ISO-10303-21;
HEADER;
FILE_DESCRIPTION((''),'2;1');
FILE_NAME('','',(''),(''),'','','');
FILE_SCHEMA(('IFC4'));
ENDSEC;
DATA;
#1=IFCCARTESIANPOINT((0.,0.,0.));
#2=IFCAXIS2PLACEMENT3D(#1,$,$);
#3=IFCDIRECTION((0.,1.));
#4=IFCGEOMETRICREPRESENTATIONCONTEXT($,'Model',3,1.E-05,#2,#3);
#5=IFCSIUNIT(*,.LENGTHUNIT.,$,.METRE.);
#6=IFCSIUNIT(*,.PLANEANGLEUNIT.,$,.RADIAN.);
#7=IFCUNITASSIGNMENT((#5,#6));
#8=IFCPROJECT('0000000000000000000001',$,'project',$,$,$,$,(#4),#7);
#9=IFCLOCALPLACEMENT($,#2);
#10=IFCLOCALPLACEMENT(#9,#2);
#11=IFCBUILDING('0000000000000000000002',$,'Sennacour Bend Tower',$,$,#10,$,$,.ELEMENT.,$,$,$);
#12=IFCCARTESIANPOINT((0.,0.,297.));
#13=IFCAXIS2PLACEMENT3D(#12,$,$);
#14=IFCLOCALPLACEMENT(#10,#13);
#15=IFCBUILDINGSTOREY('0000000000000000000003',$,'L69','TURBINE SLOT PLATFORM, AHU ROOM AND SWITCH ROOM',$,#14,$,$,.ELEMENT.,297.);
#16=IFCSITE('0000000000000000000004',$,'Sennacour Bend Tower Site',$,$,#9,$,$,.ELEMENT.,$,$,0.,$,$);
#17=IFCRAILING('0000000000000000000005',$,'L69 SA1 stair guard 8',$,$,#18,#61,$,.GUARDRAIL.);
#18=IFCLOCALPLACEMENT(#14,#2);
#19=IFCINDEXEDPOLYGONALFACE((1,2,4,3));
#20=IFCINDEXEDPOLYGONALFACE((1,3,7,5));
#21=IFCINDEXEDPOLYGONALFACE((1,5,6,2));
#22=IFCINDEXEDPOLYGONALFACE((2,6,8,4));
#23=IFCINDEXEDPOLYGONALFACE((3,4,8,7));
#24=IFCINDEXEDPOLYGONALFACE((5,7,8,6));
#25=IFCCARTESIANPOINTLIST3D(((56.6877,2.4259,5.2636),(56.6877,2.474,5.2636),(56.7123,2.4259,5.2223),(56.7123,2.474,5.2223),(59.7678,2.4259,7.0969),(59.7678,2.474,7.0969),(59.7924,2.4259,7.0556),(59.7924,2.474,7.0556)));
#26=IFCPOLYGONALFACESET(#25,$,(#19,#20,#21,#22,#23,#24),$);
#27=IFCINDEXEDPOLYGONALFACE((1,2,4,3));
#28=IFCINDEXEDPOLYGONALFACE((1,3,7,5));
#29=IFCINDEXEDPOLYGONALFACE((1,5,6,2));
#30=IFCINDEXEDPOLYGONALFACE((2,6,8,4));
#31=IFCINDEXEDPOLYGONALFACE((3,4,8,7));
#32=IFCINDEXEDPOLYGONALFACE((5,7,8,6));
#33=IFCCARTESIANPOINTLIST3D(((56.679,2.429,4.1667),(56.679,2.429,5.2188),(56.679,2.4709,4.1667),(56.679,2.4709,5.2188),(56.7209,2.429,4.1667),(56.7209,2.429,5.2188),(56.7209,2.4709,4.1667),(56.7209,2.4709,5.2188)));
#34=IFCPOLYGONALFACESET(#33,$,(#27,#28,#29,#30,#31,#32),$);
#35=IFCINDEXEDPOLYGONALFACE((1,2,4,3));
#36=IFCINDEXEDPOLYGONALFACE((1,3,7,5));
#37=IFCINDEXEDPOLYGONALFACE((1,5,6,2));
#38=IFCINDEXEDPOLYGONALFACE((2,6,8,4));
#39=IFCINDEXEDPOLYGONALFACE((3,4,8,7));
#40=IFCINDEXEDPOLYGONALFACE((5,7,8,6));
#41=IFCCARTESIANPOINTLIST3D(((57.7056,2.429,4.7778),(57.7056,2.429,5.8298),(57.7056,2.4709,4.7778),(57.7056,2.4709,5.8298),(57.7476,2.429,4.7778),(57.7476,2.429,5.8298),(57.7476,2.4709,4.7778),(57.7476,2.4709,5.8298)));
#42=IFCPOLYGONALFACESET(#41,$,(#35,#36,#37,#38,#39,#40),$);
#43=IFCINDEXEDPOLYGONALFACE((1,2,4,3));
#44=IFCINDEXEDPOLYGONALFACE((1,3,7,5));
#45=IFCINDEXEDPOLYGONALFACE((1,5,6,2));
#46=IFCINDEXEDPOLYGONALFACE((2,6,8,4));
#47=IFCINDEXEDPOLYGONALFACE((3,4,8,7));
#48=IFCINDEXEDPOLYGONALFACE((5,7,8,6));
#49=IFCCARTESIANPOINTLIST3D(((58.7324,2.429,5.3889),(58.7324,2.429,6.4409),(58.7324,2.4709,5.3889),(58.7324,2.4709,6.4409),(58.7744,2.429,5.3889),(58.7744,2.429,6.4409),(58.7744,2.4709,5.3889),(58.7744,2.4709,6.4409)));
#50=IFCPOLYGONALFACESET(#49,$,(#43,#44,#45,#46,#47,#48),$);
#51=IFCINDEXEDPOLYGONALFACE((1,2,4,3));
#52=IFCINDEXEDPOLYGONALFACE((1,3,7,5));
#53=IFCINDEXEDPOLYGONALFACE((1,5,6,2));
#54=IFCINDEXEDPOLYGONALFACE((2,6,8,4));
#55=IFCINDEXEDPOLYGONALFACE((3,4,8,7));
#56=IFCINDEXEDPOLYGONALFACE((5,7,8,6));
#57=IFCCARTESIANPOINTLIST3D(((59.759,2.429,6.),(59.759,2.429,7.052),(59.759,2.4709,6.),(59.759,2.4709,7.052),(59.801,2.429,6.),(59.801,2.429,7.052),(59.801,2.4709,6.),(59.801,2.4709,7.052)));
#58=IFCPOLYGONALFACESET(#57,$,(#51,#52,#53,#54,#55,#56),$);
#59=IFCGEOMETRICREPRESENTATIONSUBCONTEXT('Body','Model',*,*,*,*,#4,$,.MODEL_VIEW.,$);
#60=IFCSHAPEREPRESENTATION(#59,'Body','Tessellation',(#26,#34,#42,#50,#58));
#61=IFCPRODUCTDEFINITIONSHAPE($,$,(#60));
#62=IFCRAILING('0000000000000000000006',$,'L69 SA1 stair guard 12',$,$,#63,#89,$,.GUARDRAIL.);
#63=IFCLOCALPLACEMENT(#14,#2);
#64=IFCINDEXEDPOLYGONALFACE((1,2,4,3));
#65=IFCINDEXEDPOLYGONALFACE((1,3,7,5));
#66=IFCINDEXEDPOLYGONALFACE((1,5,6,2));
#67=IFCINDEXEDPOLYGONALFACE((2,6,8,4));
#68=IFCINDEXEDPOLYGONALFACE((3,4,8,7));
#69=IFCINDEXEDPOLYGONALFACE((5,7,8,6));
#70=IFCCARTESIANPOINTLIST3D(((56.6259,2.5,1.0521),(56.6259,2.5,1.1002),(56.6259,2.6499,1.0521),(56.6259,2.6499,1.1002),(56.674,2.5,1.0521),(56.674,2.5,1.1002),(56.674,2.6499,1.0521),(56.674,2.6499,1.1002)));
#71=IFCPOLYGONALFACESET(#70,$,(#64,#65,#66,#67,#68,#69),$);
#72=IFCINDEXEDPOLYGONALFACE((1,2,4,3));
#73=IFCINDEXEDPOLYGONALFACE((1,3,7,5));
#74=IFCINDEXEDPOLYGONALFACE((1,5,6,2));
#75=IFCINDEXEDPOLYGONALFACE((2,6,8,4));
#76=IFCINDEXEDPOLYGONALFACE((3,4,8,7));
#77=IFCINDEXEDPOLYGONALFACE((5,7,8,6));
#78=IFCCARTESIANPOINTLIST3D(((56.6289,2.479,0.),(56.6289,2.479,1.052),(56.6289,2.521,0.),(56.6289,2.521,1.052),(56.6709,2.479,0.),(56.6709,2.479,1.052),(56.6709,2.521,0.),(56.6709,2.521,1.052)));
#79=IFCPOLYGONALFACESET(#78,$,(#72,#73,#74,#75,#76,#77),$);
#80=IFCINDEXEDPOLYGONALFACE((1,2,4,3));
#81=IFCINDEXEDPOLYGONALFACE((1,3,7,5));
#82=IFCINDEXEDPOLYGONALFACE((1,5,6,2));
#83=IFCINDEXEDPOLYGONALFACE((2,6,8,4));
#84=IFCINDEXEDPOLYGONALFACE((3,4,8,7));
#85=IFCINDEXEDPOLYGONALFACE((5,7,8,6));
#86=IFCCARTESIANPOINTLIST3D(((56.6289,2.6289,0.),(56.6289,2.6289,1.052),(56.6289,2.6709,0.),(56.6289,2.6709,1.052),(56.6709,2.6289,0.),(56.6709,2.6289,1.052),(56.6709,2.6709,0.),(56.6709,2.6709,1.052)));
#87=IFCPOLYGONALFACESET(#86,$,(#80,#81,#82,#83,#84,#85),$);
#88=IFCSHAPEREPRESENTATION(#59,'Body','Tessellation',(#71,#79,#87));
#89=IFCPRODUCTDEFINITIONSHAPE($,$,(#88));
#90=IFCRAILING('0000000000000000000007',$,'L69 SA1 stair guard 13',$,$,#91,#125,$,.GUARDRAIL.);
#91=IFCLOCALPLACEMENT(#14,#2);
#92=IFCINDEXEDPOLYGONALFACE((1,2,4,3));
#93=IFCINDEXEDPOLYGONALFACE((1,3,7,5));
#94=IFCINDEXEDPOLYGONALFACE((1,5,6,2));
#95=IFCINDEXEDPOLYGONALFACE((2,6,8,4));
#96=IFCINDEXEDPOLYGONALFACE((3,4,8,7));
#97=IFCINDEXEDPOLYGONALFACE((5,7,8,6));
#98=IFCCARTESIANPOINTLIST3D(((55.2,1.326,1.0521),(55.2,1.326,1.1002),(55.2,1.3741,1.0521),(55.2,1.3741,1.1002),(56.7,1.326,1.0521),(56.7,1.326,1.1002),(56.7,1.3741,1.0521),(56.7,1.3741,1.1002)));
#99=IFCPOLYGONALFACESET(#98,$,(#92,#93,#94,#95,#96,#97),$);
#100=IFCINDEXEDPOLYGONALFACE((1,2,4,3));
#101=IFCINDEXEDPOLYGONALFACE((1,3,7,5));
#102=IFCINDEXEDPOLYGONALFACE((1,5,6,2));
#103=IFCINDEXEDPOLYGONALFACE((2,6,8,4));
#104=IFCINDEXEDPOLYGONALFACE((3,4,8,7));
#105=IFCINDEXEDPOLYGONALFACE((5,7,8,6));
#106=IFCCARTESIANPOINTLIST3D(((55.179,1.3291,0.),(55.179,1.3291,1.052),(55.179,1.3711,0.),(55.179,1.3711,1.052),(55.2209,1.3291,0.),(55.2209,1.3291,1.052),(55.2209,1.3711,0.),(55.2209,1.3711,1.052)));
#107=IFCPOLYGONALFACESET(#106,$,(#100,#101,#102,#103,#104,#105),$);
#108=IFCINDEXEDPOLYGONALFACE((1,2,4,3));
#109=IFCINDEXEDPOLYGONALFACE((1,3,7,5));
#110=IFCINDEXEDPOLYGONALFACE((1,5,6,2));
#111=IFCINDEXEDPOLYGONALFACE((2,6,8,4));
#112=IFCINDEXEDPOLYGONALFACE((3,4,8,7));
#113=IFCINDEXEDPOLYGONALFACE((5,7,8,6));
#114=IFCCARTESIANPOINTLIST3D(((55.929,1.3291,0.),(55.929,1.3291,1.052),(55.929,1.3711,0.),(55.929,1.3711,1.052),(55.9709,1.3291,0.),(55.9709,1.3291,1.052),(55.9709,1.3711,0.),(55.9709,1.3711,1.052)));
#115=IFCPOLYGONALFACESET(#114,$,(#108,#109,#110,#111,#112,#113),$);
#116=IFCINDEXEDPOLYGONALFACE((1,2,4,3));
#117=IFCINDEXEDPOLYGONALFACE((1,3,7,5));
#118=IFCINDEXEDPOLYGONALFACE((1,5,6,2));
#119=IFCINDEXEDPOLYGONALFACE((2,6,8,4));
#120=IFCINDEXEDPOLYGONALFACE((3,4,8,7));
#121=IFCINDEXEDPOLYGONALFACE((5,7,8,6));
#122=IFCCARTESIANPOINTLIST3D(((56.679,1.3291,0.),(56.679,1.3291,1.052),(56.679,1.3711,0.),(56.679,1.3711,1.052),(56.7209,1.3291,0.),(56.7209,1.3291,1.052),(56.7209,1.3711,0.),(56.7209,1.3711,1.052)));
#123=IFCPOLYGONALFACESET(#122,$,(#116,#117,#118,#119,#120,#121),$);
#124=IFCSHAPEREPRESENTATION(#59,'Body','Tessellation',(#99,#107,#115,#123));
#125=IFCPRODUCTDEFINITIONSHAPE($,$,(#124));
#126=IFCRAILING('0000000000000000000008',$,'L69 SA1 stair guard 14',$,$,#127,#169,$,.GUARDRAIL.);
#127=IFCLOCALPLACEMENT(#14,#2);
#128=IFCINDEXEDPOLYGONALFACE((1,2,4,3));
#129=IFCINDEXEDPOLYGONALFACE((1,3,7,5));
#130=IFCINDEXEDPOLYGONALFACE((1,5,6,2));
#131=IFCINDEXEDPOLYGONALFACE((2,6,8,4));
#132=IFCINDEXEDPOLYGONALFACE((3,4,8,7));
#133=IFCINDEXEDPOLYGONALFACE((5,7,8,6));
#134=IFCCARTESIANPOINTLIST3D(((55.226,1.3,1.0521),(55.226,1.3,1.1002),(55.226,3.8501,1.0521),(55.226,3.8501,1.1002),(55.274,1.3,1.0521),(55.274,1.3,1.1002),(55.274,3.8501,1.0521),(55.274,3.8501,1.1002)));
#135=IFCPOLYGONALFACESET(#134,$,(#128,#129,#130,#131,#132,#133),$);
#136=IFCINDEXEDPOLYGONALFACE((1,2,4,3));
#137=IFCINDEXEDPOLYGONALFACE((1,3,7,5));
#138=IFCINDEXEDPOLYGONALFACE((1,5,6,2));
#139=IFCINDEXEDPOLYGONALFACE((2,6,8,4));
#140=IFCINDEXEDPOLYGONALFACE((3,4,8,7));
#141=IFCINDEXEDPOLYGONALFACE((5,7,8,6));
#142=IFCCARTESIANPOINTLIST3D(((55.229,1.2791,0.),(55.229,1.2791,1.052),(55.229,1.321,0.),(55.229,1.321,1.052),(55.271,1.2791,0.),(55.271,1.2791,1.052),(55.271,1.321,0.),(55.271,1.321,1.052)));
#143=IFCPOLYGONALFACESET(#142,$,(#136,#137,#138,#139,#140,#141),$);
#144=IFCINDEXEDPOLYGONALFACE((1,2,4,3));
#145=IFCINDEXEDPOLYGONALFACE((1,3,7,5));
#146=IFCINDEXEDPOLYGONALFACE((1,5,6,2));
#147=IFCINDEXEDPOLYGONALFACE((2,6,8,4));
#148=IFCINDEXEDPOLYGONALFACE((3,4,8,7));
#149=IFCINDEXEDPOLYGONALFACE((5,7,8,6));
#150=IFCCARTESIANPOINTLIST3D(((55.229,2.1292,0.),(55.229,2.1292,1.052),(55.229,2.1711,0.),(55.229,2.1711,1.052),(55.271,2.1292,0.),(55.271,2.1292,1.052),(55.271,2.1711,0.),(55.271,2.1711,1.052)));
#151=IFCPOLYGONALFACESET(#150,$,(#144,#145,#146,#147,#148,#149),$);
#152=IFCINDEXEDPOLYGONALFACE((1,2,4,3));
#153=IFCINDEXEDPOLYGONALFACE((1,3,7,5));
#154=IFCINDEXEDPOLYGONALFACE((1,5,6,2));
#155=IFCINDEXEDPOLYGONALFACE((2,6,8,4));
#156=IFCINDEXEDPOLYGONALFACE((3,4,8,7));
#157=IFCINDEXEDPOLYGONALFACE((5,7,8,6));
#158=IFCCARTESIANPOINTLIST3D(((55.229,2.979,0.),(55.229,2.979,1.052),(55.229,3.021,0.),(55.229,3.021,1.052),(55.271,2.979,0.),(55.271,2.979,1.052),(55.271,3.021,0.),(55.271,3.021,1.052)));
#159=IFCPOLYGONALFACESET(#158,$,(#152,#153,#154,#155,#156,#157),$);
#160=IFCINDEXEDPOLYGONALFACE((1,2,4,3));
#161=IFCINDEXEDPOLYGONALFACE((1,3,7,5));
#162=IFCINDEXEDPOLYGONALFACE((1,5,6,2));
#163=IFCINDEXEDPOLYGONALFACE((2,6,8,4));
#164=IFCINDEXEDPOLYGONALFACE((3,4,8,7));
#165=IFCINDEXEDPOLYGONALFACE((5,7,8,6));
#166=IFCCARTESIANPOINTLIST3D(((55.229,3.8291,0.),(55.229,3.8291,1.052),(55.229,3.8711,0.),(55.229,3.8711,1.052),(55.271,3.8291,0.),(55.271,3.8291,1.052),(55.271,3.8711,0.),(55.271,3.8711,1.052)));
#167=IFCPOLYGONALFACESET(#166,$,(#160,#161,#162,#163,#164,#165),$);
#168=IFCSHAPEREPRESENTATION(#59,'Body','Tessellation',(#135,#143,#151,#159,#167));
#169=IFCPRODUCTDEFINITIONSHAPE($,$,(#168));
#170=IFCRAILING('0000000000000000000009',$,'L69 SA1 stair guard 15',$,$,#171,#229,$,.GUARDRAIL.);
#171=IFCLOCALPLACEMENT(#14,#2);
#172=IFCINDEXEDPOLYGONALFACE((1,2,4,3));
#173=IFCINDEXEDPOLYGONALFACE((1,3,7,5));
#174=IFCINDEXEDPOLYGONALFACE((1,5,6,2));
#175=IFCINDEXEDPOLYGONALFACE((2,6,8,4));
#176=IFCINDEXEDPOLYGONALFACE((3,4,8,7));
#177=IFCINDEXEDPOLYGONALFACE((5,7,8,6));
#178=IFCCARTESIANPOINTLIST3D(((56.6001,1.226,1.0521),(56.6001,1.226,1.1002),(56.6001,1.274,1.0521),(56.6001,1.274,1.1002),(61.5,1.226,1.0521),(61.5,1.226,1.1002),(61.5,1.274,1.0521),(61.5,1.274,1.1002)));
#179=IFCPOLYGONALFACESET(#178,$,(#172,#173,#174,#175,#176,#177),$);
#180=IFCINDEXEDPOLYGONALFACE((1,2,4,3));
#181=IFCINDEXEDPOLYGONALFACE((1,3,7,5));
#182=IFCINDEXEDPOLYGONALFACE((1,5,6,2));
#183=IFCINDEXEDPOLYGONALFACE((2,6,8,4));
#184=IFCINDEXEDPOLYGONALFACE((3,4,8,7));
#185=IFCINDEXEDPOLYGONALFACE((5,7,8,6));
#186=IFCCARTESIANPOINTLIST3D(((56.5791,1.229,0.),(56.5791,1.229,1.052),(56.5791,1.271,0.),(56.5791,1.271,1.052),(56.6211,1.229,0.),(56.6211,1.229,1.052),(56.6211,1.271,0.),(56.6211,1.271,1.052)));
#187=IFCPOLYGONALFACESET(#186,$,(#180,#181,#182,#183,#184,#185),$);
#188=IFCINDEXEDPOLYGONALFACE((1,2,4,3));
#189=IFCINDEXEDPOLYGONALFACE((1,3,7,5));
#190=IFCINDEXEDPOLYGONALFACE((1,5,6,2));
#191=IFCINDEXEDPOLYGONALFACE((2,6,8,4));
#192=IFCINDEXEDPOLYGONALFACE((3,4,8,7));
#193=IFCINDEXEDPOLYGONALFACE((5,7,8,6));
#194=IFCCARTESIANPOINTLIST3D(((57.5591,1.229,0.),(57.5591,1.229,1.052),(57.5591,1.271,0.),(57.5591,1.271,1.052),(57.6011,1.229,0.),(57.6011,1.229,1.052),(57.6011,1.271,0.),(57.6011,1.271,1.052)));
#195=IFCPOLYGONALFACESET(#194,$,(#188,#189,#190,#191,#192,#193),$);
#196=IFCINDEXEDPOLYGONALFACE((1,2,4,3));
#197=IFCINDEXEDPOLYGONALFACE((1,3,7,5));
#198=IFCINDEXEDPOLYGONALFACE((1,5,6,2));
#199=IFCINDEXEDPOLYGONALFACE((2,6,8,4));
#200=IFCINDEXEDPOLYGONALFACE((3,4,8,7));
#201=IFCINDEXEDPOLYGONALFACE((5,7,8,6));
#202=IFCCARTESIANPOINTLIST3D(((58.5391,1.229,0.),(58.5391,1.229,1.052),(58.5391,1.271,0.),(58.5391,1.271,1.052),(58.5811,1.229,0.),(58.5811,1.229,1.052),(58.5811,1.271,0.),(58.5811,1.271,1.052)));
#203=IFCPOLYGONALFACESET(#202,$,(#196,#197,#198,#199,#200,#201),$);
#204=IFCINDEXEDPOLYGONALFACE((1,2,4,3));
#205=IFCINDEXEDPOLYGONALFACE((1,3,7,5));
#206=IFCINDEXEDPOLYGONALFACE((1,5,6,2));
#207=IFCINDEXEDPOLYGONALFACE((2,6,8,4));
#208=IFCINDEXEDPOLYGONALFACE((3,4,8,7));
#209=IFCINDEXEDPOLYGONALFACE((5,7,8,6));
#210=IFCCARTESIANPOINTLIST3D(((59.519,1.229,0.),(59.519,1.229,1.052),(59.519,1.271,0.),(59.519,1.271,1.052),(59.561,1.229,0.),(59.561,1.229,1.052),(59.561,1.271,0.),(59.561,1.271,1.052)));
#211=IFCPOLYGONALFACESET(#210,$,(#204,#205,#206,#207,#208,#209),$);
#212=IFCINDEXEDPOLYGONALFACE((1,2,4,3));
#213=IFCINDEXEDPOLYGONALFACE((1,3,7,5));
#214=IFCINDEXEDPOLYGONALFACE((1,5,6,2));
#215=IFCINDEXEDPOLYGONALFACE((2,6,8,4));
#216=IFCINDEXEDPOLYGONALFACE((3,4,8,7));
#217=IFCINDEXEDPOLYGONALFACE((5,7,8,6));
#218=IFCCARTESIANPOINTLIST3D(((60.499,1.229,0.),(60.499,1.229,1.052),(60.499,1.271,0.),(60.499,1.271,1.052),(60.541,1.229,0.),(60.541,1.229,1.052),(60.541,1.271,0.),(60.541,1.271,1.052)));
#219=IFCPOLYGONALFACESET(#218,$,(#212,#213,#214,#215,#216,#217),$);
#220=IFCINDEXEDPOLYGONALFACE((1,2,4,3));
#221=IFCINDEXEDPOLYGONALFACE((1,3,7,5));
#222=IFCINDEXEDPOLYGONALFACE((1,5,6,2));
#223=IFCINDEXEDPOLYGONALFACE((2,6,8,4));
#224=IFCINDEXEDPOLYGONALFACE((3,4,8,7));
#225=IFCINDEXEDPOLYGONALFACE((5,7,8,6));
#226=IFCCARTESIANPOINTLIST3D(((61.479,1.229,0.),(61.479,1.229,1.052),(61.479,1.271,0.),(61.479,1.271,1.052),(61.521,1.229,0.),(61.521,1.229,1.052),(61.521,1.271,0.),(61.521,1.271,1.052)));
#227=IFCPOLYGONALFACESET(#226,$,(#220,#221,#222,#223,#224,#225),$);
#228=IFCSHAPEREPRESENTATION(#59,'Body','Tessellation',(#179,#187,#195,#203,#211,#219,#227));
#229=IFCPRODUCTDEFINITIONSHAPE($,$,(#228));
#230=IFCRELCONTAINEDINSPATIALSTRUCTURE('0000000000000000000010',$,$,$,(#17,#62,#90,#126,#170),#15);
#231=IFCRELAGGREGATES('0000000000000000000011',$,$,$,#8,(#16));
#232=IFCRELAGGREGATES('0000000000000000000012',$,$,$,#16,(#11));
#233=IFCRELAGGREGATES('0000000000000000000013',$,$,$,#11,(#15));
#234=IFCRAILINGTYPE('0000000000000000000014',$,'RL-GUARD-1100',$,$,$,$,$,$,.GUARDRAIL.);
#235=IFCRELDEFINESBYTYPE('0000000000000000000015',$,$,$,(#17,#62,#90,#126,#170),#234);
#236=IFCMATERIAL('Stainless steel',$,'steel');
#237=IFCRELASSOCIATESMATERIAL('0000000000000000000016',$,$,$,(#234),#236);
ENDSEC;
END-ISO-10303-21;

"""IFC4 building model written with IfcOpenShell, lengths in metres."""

from ifc_helpers import new_model, si_unit, direction, frame, origin, origin_2d, place, context, subcontext, project, spatial, rectangle, extrude, material, type_object, element, save


model = new_model("IFC4")

# Units and contexts
model_context = context("Model", 3, precision=1e-05, world=origin(), true_north=direction((0.0, 1.0)))
body_context = subcontext(model_context, "Body", "Model", "MODEL_VIEW")
ifc_project = project(units=[si_unit("LENGTHUNIT", "METRE"), si_unit("PLANEANGLEUNIT", "RADIAN")], contexts=[model_context])

# Site, building, storey
site_placement = place(None, origin())
site = spatial("IfcSite", under=ifc_project, at=site_placement, Name="Sennacour Bend Tower Site", CompositionType="ELEMENT", RefElevation=0.0)
building_placement = place(site_placement, origin())
building = spatial("IfcBuilding", under=site, at=building_placement, Name="Sennacour Bend Tower", CompositionType="ELEMENT")
storey_placement = place(building_placement, frame((0.0, 0.0, 297.0)))
storey = spatial("IfcBuildingStorey", under=building, at=storey_placement, Name="L69", Description="TURBINE SLOT PLATFORM, AHU ROOM AND SWITCH ROOM", CompositionType="ELEMENT", Elevation=297.0)

# Shared definitions
ifc_material_1 = material(Name="Stainless steel", Category="steel")

# Railings
railing_type_1 = type_object("IfcRailingType", Name="RL-GUARD-1100", PredefinedType="GUARDRAIL", material=ifc_material_1)
railing_1_placement = place(storey_placement, frame((56.7, 2.45, 4.1667)))
element("IfcRailing", 1, at=railing_1_placement, inside=storey, type_object=railing_type_1, Name="L69 SA1 stair guard 8", PredefinedType="GUARDRAIL", context=body_context, shape_type="SweptSolid", body=[
    extrude(rectangle(XDim=0.0481, YDim=0.0481, at=origin_2d()), frame((0.0, 0.0, 1.0762), z_axis=(0.859309, 0.0, 0.511458), x_axis=(0.0, 1.0, 0.0)), (0.0, 0.0, 1.0), 3.5845),
    extrude(rectangle(XDim=0.042, YDim=0.042, at=origin_2d()), origin(), (0.0, 0.0, 1.0), 1.052),
    extrude(rectangle(XDim=0.042, YDim=0.042, at=origin_2d()), frame((1.0266, 0.0, 0.6111)), (0.0, 0.0, 1.0), 1.052),
    extrude(rectangle(XDim=0.042, YDim=0.042, at=origin_2d()), frame((2.0535, 0.0, 1.2222)), (0.0, 0.0, 1.0), 1.052),
    extrude(rectangle(XDim=0.042, YDim=0.042, at=origin_2d()), frame((3.0801, 0.0, 1.8333)), (0.0, 0.0, 1.0), 1.052),
])
railing_2_placement = place(storey_placement, frame((56.6499, 2.5, 0.0)))
element("IfcRailing", 2, at=railing_2_placement, inside=storey, type_object=railing_type_1, Name="L69 SA1 stair guard 12", PredefinedType="GUARDRAIL", context=body_context, shape_type="SweptSolid", body=[
    extrude(rectangle(XDim=0.0481, YDim=0.0481, at=origin_2d()), frame((0.0, 0.0, 1.0762), z_axis=(0.0, 1.0, 0.0), x_axis=(-1.0, 0.0, 0.0)), (0.0, 0.0, 1.0), 0.1499),
    extrude(rectangle(XDim=0.042, YDim=0.042, at=origin_2d()), origin(), (0.0, 0.0, 1.0), 1.052),
    extrude(rectangle(XDim=0.042, YDim=0.042, at=origin_2d()), frame((0.0, 0.1499, 0.0)), (0.0, 0.0, 1.0), 1.052),
])
railing_3_placement = place(storey_placement, frame((55.2, 1.3501, 0.0)))
element("IfcRailing", 3, at=railing_3_placement, inside=storey, type_object=railing_type_1, Name="L69 SA1 stair guard 13", PredefinedType="GUARDRAIL", context=body_context, shape_type="SweptSolid", body=[
    extrude(rectangle(XDim=0.0481, YDim=0.0481, at=origin_2d()), frame((0.0, 0.0, 1.0762), z_axis=(1.0, 0.0, 0.0), x_axis=(0.0, 1.0, 0.0)), (0.0, 0.0, 1.0), 1.5),
    extrude(rectangle(XDim=0.042, YDim=0.042, at=origin_2d()), origin(), (0.0, 0.0, 1.0), 1.052),
    extrude(rectangle(XDim=0.042, YDim=0.042, at=origin_2d()), frame((0.75, 0.0, 0.0)), (0.0, 0.0, 1.0), 1.052),
    extrude(rectangle(XDim=0.042, YDim=0.042, at=origin_2d()), frame((1.5, 0.0, 0.0)), (0.0, 0.0, 1.0), 1.052),
])
railing_4_placement = place(storey_placement, frame((55.25, 1.3, 0.0)))
element("IfcRailing", 4, at=railing_4_placement, inside=storey, type_object=railing_type_1, Name="L69 SA1 stair guard 14", PredefinedType="GUARDRAIL", context=body_context, shape_type="SweptSolid", body=[
    extrude(rectangle(XDim=0.0481, YDim=0.0481, at=origin_2d()), frame((0.0, 0.0, 1.0762), z_axis=(0.0, 1.0, 0.0), x_axis=(-1.0, 0.0, 0.0)), (0.0, 0.0, 1.0), 2.55),
    extrude(rectangle(XDim=0.042, YDim=0.042, at=origin_2d()), origin(), (0.0, 0.0, 1.0), 1.052),
    extrude(rectangle(XDim=0.042, YDim=0.042, at=origin_2d()), frame((0.0, 0.8501, 0.0)), (0.0, 0.0, 1.0), 1.052),
    extrude(rectangle(XDim=0.042, YDim=0.042, at=origin_2d()), frame((0.0, 1.7, 0.0)), (0.0, 0.0, 1.0), 1.052),
    extrude(rectangle(XDim=0.042, YDim=0.042, at=origin_2d()), frame((0.0, 2.55, 0.0)), (0.0, 0.0, 1.0), 1.052),
])
railing_5_placement = place(storey_placement, frame((56.6001, 1.25, 0.0)))
element("IfcRailing", 5, at=railing_5_placement, inside=storey, type_object=railing_type_1, Name="L69 SA1 stair guard 15", PredefinedType="GUARDRAIL", context=body_context, shape_type="SweptSolid", body=[
    extrude(rectangle(XDim=0.0481, YDim=0.0481, at=origin_2d()), frame((0.0, 0.0, 1.0762), z_axis=(1.0, 0.0, 0.0), x_axis=(0.0, 1.0, 0.0)), (0.0, 0.0, 1.0), 4.8999),
    extrude(rectangle(XDim=0.042, YDim=0.042, at=origin_2d()), origin(), (0.0, 0.0, 1.0), 1.052),
    extrude(rectangle(XDim=0.042, YDim=0.042, at=origin_2d()), frame((0.98, 0.0, 0.0)), (0.0, 0.0, 1.0), 1.052),
    extrude(rectangle(XDim=0.042, YDim=0.042, at=origin_2d()), frame((1.96, 0.0, 0.0)), (0.0, 0.0, 1.0), 1.052),
    extrude(rectangle(XDim=0.042, YDim=0.042, at=origin_2d()), frame((2.9399, 0.0, 0.0)), (0.0, 0.0, 1.0), 1.052),
    extrude(rectangle(XDim=0.042, YDim=0.042, at=origin_2d()), frame((3.9199, 0.0, 0.0)), (0.0, 0.0, 1.0), 1.052),
    extrude(rectangle(XDim=0.042, YDim=0.042, at=origin_2d()), frame((4.8999, 0.0, 0.0)), (0.0, 0.0, 1.0), 1.052),
])

save(model, "model.ifc")
